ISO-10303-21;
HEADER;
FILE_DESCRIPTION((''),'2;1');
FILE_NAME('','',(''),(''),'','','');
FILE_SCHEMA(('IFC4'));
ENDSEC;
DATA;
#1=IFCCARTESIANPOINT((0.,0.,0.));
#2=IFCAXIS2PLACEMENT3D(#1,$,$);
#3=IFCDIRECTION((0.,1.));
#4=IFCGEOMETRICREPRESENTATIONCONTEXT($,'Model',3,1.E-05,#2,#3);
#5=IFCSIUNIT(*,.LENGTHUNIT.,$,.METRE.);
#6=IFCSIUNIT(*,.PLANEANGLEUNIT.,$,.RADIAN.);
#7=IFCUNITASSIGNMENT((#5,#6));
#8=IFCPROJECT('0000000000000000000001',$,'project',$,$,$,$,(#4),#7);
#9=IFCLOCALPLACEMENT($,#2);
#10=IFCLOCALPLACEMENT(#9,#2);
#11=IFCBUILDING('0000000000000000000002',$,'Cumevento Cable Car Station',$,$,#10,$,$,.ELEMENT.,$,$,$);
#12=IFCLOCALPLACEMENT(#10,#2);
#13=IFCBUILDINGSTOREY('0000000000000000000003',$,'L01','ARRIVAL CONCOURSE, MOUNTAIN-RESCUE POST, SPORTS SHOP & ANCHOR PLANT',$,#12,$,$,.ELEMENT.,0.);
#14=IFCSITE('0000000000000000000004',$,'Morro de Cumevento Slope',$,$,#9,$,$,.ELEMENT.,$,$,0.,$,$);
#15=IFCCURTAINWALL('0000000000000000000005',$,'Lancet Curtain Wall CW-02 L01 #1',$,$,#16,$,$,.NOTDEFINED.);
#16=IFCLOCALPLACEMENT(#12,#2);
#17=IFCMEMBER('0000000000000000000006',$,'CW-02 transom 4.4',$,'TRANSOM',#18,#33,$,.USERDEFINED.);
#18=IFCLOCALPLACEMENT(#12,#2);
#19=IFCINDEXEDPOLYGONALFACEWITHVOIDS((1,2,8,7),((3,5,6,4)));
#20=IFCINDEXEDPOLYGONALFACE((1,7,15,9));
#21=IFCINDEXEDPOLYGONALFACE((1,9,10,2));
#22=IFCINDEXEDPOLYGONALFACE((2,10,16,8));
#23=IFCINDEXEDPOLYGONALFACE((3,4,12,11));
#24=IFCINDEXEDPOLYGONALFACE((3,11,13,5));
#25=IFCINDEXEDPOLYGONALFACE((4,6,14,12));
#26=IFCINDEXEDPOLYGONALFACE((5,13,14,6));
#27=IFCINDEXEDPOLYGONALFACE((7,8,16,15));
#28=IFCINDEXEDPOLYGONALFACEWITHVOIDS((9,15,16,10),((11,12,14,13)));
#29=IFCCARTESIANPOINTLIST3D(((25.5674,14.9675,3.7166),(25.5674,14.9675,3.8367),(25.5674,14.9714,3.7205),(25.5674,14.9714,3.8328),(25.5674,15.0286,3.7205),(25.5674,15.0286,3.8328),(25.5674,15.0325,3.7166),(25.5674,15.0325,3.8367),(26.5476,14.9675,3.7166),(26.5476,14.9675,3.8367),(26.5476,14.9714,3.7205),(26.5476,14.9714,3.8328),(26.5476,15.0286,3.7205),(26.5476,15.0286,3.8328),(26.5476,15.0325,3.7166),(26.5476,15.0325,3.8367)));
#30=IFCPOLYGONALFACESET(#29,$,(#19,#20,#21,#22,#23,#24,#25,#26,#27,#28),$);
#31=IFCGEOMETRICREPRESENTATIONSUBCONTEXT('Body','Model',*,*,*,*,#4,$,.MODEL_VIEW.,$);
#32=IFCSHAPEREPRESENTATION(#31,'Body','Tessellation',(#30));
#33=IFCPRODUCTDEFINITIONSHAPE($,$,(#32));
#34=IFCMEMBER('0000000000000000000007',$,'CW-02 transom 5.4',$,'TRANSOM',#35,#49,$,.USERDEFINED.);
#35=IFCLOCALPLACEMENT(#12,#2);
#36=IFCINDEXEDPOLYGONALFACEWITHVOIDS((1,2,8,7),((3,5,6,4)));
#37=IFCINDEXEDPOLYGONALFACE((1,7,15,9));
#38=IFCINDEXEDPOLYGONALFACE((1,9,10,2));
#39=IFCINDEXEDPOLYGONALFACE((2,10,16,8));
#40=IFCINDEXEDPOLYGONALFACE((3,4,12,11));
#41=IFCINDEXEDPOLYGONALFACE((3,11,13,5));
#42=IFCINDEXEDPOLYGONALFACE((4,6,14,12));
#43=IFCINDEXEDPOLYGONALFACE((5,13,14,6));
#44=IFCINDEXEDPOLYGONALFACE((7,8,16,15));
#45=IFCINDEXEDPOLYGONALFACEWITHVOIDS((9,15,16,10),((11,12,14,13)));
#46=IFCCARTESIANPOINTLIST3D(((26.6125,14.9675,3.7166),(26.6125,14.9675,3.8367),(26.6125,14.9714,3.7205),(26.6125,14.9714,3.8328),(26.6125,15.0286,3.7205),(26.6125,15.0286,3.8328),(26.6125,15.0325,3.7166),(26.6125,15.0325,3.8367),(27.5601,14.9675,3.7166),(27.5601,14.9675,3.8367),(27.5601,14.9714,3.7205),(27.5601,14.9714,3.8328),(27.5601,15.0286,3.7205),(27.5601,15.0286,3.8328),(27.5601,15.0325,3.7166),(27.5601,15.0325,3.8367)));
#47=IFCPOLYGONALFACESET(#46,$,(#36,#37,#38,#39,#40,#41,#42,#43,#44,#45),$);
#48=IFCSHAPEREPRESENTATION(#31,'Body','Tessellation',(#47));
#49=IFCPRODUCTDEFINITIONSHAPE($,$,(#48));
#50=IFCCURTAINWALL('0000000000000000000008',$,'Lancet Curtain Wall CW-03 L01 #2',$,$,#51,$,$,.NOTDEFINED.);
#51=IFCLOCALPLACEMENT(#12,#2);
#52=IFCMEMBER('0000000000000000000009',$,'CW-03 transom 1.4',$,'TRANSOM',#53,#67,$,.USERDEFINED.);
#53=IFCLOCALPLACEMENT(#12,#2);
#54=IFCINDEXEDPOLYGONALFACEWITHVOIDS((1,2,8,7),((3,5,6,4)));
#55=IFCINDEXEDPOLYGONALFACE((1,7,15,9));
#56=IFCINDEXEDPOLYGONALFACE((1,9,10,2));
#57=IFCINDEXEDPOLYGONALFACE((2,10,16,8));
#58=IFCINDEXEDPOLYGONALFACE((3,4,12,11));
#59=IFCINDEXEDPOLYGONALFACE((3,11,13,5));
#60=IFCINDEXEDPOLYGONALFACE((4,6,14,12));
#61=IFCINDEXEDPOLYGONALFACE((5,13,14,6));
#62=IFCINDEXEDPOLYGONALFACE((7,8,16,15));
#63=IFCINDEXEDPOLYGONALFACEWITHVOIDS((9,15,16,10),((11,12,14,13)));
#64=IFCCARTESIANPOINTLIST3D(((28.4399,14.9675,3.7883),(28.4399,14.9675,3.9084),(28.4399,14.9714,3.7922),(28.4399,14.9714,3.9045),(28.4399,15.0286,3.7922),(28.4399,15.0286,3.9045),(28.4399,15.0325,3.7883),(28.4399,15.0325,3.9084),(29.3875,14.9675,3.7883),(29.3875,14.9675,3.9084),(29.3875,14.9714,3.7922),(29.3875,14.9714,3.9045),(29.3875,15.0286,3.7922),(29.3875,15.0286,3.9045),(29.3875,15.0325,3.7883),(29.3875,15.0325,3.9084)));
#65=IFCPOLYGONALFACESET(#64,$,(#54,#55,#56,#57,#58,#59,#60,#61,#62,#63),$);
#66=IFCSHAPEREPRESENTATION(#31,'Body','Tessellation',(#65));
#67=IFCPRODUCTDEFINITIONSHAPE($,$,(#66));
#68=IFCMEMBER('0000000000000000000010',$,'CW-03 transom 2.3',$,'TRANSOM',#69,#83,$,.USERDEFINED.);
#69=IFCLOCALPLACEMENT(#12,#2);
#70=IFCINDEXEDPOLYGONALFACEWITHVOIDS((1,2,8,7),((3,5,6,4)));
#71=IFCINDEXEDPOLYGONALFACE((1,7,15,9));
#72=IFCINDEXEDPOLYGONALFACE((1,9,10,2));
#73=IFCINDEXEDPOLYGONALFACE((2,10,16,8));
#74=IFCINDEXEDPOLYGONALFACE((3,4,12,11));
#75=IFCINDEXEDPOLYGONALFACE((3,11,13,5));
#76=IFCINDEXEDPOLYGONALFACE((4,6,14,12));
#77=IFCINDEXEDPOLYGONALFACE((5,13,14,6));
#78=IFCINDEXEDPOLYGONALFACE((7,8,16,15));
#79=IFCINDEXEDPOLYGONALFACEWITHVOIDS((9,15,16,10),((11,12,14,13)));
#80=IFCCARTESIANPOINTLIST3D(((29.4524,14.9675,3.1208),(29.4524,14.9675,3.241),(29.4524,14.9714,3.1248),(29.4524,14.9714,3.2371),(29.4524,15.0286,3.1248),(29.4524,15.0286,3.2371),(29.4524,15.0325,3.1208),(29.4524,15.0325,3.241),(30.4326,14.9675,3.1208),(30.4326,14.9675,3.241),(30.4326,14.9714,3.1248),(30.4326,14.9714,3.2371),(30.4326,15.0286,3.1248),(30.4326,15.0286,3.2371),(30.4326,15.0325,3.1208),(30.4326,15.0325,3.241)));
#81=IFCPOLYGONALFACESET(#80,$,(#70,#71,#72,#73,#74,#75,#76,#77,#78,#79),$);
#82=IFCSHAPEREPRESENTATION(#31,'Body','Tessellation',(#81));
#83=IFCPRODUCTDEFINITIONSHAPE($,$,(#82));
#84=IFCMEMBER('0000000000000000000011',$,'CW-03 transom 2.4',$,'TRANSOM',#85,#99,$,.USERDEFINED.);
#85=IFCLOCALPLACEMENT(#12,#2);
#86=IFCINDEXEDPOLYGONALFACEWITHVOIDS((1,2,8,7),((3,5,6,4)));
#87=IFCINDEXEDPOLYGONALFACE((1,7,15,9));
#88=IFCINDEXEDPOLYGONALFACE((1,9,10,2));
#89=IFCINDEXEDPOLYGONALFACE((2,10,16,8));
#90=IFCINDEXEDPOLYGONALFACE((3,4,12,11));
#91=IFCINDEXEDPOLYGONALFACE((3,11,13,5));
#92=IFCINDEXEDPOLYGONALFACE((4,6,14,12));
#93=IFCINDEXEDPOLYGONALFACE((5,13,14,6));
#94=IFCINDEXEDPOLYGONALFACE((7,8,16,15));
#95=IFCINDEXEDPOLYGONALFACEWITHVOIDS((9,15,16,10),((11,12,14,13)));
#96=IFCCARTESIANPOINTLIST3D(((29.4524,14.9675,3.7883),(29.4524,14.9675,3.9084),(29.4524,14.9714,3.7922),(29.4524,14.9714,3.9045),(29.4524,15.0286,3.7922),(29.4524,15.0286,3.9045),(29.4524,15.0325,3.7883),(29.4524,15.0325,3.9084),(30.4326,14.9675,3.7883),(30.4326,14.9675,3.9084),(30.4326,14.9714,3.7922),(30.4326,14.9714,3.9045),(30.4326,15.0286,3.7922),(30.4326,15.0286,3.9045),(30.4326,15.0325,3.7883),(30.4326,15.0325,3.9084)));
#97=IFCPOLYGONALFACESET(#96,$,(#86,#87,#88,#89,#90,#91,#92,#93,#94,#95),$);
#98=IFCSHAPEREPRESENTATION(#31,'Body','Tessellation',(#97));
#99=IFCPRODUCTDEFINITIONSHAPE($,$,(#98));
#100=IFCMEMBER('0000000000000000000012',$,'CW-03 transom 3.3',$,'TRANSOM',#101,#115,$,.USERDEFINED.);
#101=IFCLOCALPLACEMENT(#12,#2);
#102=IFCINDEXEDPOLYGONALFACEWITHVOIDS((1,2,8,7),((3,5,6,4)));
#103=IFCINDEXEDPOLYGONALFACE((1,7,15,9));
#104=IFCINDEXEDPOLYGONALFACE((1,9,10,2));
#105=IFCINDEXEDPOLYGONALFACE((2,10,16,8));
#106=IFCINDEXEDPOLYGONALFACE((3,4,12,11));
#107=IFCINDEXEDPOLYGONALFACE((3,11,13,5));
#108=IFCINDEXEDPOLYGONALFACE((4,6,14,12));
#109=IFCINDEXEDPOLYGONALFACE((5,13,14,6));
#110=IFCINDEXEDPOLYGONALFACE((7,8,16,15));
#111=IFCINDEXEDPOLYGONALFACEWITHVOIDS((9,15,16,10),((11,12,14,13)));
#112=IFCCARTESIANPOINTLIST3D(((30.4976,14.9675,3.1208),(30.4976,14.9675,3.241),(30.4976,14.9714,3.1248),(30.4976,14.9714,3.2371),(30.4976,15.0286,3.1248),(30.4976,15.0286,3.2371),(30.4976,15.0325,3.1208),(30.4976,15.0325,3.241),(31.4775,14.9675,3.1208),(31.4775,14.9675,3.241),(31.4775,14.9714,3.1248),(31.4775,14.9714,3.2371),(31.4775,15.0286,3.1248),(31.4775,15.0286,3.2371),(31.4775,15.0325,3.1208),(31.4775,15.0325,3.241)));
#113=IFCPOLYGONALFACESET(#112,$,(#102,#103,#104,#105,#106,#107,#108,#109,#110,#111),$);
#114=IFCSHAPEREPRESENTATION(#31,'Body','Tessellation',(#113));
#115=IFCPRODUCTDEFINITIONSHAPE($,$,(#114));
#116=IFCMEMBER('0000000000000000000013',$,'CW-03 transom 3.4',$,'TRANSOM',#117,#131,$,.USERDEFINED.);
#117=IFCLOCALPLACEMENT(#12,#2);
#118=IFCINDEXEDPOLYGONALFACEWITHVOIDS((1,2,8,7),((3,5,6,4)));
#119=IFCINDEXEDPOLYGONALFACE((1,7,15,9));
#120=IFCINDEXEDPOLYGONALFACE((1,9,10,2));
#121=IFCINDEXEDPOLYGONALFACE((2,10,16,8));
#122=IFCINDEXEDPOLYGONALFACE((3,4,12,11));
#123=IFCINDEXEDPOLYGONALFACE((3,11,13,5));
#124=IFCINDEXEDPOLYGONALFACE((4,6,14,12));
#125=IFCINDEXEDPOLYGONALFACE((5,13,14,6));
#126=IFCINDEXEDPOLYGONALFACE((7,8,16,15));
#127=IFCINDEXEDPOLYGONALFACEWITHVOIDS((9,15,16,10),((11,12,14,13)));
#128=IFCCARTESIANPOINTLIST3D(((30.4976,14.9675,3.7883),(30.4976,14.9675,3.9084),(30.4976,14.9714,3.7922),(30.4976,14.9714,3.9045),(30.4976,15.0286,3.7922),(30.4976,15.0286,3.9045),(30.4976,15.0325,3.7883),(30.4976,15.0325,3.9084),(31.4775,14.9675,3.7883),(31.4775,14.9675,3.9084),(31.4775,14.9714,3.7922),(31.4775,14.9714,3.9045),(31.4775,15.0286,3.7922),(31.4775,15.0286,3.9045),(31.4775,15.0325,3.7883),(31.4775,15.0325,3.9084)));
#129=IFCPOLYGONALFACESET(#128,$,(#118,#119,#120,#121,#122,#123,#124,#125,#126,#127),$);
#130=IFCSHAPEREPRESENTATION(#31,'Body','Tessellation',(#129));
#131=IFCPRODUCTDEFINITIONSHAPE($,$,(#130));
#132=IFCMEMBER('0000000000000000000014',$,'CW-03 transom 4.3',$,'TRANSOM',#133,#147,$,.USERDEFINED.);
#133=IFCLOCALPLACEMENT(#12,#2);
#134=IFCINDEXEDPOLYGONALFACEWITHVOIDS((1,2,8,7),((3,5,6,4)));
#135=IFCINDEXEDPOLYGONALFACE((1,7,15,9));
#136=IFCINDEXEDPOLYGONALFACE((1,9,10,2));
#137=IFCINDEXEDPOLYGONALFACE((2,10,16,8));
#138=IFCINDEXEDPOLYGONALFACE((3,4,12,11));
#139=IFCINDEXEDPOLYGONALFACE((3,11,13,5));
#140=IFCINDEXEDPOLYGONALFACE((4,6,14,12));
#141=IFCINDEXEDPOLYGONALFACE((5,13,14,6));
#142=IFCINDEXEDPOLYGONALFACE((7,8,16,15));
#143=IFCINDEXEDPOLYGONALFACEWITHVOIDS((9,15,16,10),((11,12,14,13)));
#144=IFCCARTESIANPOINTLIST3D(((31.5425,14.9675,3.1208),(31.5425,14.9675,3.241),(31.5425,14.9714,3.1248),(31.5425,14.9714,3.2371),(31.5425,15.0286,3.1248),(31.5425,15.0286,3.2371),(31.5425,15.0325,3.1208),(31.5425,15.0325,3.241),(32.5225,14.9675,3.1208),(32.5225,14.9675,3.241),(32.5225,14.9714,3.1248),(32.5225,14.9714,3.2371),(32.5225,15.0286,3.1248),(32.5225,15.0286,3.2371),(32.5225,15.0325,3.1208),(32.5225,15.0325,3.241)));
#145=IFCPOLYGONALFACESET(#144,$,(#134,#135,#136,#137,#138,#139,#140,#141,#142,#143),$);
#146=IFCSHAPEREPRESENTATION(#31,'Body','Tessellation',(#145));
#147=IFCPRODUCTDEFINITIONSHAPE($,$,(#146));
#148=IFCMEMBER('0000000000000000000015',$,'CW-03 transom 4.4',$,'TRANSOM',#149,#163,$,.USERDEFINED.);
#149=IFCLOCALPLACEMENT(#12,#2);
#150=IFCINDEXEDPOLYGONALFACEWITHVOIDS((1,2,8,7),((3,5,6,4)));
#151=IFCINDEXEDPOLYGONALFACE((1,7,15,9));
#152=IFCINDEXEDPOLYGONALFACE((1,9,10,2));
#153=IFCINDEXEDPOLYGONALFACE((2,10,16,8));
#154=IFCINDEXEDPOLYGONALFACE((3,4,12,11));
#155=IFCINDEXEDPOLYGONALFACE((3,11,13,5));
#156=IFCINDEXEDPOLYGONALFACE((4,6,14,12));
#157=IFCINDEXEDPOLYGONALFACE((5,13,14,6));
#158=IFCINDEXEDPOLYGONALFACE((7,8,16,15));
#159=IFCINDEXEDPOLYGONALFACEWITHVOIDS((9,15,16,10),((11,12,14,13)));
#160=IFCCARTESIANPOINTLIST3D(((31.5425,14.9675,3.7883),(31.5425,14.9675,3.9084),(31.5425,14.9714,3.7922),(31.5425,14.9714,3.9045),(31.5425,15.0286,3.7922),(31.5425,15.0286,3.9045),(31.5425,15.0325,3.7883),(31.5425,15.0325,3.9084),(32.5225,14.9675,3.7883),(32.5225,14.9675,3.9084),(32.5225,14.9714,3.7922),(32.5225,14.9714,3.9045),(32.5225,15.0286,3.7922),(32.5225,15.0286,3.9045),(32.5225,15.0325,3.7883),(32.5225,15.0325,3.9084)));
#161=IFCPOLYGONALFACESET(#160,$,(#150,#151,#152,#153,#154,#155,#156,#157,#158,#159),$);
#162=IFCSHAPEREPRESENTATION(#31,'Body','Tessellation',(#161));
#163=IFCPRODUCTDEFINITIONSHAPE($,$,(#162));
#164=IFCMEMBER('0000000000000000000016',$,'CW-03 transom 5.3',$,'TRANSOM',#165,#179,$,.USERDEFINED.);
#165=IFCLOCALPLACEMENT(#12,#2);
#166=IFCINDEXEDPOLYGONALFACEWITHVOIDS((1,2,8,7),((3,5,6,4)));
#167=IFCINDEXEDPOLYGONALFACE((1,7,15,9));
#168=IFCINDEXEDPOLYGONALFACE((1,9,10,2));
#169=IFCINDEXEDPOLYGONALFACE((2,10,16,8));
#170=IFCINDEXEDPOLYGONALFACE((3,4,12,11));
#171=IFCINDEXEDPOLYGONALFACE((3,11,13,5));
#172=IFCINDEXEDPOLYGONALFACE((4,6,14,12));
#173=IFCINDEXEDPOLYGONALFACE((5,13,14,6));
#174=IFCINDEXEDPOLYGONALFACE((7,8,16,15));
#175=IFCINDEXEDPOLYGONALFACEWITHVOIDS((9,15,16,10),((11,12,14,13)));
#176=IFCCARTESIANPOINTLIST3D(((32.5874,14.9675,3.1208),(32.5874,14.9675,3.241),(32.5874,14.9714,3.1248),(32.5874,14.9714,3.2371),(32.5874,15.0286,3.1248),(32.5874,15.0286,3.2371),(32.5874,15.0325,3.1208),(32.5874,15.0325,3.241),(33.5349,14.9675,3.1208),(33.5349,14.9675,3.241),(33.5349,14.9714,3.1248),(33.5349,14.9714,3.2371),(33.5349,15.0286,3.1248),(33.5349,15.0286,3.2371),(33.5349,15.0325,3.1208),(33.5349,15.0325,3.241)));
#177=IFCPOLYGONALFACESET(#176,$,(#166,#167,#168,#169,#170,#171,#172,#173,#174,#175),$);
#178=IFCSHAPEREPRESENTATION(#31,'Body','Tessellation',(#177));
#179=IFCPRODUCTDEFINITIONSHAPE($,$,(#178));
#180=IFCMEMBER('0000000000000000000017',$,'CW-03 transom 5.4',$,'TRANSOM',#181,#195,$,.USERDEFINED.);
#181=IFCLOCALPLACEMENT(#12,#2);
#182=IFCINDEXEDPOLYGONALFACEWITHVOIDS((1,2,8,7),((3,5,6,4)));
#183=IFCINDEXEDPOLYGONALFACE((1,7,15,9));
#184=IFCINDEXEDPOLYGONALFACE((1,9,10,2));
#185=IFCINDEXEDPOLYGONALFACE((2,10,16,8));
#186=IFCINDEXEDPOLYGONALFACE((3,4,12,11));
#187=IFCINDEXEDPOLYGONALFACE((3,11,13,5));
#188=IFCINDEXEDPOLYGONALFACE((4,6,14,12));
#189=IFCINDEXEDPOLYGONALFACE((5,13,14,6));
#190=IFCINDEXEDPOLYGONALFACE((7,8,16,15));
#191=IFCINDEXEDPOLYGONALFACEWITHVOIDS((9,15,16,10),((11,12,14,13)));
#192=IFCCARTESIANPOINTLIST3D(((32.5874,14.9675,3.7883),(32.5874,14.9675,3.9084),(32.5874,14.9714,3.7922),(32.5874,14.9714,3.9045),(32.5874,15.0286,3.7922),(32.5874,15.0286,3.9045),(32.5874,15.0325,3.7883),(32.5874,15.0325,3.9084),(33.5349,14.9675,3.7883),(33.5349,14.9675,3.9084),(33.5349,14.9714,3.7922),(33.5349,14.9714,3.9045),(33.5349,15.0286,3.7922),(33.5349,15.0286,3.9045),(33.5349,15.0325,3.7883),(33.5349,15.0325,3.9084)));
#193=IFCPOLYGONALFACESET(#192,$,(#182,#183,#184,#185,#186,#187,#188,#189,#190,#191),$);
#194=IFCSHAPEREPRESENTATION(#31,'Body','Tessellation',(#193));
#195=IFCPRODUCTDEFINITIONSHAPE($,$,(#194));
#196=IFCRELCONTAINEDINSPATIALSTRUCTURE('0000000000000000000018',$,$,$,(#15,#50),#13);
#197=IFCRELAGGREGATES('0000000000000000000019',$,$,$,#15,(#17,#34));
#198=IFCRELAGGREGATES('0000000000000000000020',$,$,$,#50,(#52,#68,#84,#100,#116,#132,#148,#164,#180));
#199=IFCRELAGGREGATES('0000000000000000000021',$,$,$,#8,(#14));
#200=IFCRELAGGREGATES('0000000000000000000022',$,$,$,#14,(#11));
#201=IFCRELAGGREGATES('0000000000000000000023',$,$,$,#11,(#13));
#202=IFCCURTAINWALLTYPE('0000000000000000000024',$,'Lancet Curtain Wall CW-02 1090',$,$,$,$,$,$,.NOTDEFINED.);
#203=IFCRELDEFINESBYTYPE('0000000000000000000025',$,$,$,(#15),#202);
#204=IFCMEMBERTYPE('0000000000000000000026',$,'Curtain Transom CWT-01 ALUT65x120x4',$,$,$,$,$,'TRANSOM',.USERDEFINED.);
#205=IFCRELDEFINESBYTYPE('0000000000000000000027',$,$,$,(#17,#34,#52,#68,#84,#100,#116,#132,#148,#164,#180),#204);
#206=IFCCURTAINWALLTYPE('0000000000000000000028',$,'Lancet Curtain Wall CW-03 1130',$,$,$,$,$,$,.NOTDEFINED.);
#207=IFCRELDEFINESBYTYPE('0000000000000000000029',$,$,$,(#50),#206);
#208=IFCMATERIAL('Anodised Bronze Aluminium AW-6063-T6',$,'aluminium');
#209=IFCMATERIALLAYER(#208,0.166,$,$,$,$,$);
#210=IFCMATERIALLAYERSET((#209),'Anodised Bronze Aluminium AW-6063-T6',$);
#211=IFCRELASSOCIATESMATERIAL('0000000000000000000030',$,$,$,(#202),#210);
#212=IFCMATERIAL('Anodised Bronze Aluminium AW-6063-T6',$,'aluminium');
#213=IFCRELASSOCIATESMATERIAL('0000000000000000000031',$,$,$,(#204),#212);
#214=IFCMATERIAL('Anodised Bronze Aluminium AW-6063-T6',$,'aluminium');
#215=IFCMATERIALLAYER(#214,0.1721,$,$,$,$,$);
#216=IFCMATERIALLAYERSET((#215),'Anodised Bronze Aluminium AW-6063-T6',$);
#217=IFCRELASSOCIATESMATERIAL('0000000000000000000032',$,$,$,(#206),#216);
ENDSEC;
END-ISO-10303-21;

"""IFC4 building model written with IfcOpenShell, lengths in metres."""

from ifc_helpers import new_model, si_unit, direction, frame, origin, origin_2d, place, context, subcontext, project, spatial, hollow_rectangle, extrude, material, layer, layer_set, material_profile, profile_set, type_object, element, aggregate, save


model = new_model("IFC4")

# Units and contexts
model_context = context("Model", 3, precision=1e-05, world=origin(), true_north=direction((0.0, 1.0)))
body_context = subcontext(model_context, "Body", "Model", "MODEL_VIEW")
ifc_project = project(units=[si_unit("LENGTHUNIT", "METRE"), si_unit("PLANEANGLEUNIT", "RADIAN")], contexts=[model_context])

# Site, building, storey
site_placement = place(None, origin())
site = spatial("IfcSite", under=ifc_project, at=site_placement, Name="Morro de Cumevento Slope", CompositionType="ELEMENT", RefElevation=0.0)
building_placement = place(site_placement, origin())
building = spatial("IfcBuilding", under=site, at=building_placement, Name="Cumevento Cable Car Station", CompositionType="ELEMENT")
storey_placement = place(building_placement, origin())
storey = spatial("IfcBuildingStorey", under=building, at=storey_placement, Name="L01", Description="ARRIVAL CONCOURSE, MOUNTAIN-RESCUE POST, SPORTS SHOP & ANCHOR PLANT", CompositionType="ELEMENT", Elevation=0.0)

# Curtain walls, members
ifc_material_1 = material(Name="Anodised Bronze Aluminium AW-6063-T6", Category="aluminium")
ifc_layer_1 = layer(ifc_material_1, 0.166)
ifc_layer_set_1 = layer_set([ifc_layer_1], Name="Anodised Bronze Aluminium AW-6063-T6")
curtain_wall_type_1 = type_object("IfcCurtainWallType", Name="Lancet Curtain Wall CW-02 1090", PredefinedType="NOTDEFINED", material=ifc_layer_set_1)
curtain_wall_1_placement = place(storey_placement, origin())
curtain_wall_1 = element("IfcCurtainWall", 1, at=curtain_wall_1_placement, inside=storey, type_object=curtain_wall_type_1, Name="Lancet Curtain Wall CW-02 L01 #1", PredefinedType="NOTDEFINED")
ifc_material_2 = material(Name="Anodised Bronze Aluminium AW-6063-T6", Category="aluminium")
ifc_material_profile_1 = material_profile(ifc_material_2, hollow_rectangle(XDim=0.0649, YDim=0.1201, WallThickness=0.0039, at=origin_2d()), Name="ALUT65x120x4")
ifc_profile_set_1 = profile_set([ifc_material_profile_1], Name="Anodised Bronze Aluminium AW-6063-T6")
member_type = type_object("IfcMemberType", Name="Curtain Transom CWT-01 ALUT65x120x4", ElementType="TRANSOM", PredefinedType="USERDEFINED", material=ifc_profile_set_1)
member_1_placement = place(storey_placement, frame((25.5674, 15.0, 3.7766), z_axis=(1.0, 0.0, 0.0), x_axis=(0.0, 1.0, 0.0)))
member_1 = element("IfcMember", 2, at=member_1_placement, type_object=member_type, Name="CW-02 transom 4.4", ObjectType="TRANSOM", PredefinedType="USERDEFINED", context=body_context, shape_type="SweptSolid", body=[
    extrude(hollow_rectangle(XDim=0.0649, YDim=0.1201, WallThickness=0.0039, at=origin_2d()), origin(), (0.0, 0.0, 1.0), 0.9802),
])
member_2_placement = place(storey_placement, frame((26.6125, 15.0, 3.7766), z_axis=(1.0, 0.0, 0.0), x_axis=(0.0, 1.0, 0.0)))
member_2 = element("IfcMember", 3, at=member_2_placement, type_object=member_type, Name="CW-02 transom 5.4", ObjectType="TRANSOM", PredefinedType="USERDEFINED", context=body_context, shape_type="SweptSolid", body=[
    extrude(hollow_rectangle(XDim=0.0649, YDim=0.1201, WallThickness=0.0039, at=origin_2d()), origin(), (0.0, 0.0, 1.0), 0.9475),
])
aggregate(curtain_wall_1, [member_1, member_2])
ifc_material_3 = material(Name="Anodised Bronze Aluminium AW-6063-T6", Category="aluminium")
ifc_layer_2 = layer(ifc_material_3, 0.1721)
ifc_layer_set_2 = layer_set([ifc_layer_2], Name="Anodised Bronze Aluminium AW-6063-T6")
curtain_wall_type_2 = type_object("IfcCurtainWallType", Name="Lancet Curtain Wall CW-03 1130", PredefinedType="NOTDEFINED", material=ifc_layer_set_2)
curtain_wall_2_placement = place(storey_placement, origin())
curtain_wall_2 = element("IfcCurtainWall", 4, at=curtain_wall_2_placement, inside=storey, type_object=curtain_wall_type_2, Name="Lancet Curtain Wall CW-03 L01 #2", PredefinedType="NOTDEFINED")
member_3_placement = place(storey_placement, frame((28.4399, 15.0, 3.8484), z_axis=(1.0, 0.0, 0.0), x_axis=(0.0, 1.0, 0.0)))
member_3 = element("IfcMember", 5, at=member_3_placement, type_object=member_type, Name="CW-03 transom 1.4", ObjectType="TRANSOM", PredefinedType="USERDEFINED", context=body_context, shape_type="SweptSolid", body=[
    extrude(hollow_rectangle(XDim=0.0649, YDim=0.1201, WallThickness=0.0039, at=origin_2d()), origin(), (0.0, 0.0, 1.0), 0.9475),
])
member_4_placement = place(storey_placement, frame((29.4524, 15.0, 3.1809), z_axis=(1.0, 0.0, 0.0), x_axis=(0.0, 1.0, 0.0)))
member_4 = element("IfcMember", 6, at=member_4_placement, type_object=member_type, Name="CW-03 transom 2.3", ObjectType="TRANSOM", PredefinedType="USERDEFINED", context=body_context, shape_type="SweptSolid", body=[
    extrude(hollow_rectangle(XDim=0.0649, YDim=0.1201, WallThickness=0.0039, at=origin_2d()), origin(), (0.0, 0.0, 1.0), 0.9802),
])
member_5_placement = place(storey_placement, frame((29.4524, 15.0, 3.8484), z_axis=(1.0, 0.0, 0.0), x_axis=(0.0, 1.0, 0.0)))
member_5 = element("IfcMember", 7, at=member_5_placement, type_object=member_type, Name="CW-03 transom 2.4", ObjectType="TRANSOM", PredefinedType="USERDEFINED", context=body_context, shape_type="SweptSolid", body=[
    extrude(hollow_rectangle(XDim=0.0649, YDim=0.1201, WallThickness=0.0039, at=origin_2d()), origin(), (0.0, 0.0, 1.0), 0.9802),
])
member_6_placement = place(storey_placement, frame((30.4976, 15.0, 3.1809), z_axis=(1.0, 0.0, 0.0), x_axis=(0.0, 1.0, 0.0)))
member_6 = element("IfcMember", 8, at=member_6_placement, type_object=member_type, Name="CW-03 transom 3.3", ObjectType="TRANSOM", PredefinedType="USERDEFINED", context=body_context, shape_type="SweptSolid", body=[
    extrude(hollow_rectangle(XDim=0.0649, YDim=0.1201, WallThickness=0.0039, at=origin_2d()), origin(), (0.0, 0.0, 1.0), 0.98),
])
member_7_placement = place(storey_placement, frame((30.4976, 15.0, 3.8484), z_axis=(1.0, 0.0, 0.0), x_axis=(0.0, 1.0, 0.0)))
member_7 = element("IfcMember", 9, at=member_7_placement, type_object=member_type, Name="CW-03 transom 3.4", ObjectType="TRANSOM", PredefinedType="USERDEFINED", context=body_context, shape_type="SweptSolid", body=[
    extrude(hollow_rectangle(XDim=0.0649, YDim=0.1201, WallThickness=0.0039, at=origin_2d()), origin(), (0.0, 0.0, 1.0), 0.98),
])
member_8_placement = place(storey_placement, frame((31.5425, 15.0, 3.1809), z_axis=(1.0, 0.0, 0.0), x_axis=(0.0, 1.0, 0.0)))
member_8 = element("IfcMember", 10, at=member_8_placement, type_object=member_type, Name="CW-03 transom 4.3", ObjectType="TRANSOM", PredefinedType="USERDEFINED", context=body_context, shape_type="SweptSolid", body=[
    extrude(hollow_rectangle(XDim=0.0649, YDim=0.1201, WallThickness=0.0039, at=origin_2d()), origin(), (0.0, 0.0, 1.0), 0.98),
])
member_9_placement = place(storey_placement, frame((31.5425, 15.0, 3.8484), z_axis=(1.0, 0.0, 0.0), x_axis=(0.0, 1.0, 0.0)))
member_9 = element("IfcMember", 11, at=member_9_placement, type_object=member_type, Name="CW-03 transom 4.4", ObjectType="TRANSOM", PredefinedType="USERDEFINED", context=body_context, shape_type="SweptSolid", body=[
    extrude(hollow_rectangle(XDim=0.0649, YDim=0.1201, WallThickness=0.0039, at=origin_2d()), origin(), (0.0, 0.0, 1.0), 0.98),
])
member_10_placement = place(storey_placement, frame((32.5874, 15.0, 3.1809), z_axis=(1.0, 0.0, 0.0), x_axis=(0.0, 1.0, 0.0)))
member_10 = element("IfcMember", 12, at=member_10_placement, type_object=member_type, Name="CW-03 transom 5.3", ObjectType="TRANSOM", PredefinedType="USERDEFINED", context=body_context, shape_type="SweptSolid", body=[
    extrude(hollow_rectangle(XDim=0.0649, YDim=0.1201, WallThickness=0.0039, at=origin_2d()), origin(), (0.0, 0.0, 1.0), 0.9475),
])
member_11_placement = place(storey_placement, frame((32.5874, 15.0, 3.8484), z_axis=(1.0, 0.0, 0.0), x_axis=(0.0, 1.0, 0.0)))
member_11 = element("IfcMember", 13, at=member_11_placement, type_object=member_type, Name="CW-03 transom 5.4", ObjectType="TRANSOM", PredefinedType="USERDEFINED", context=body_context, shape_type="SweptSolid", body=[
    extrude(hollow_rectangle(XDim=0.0649, YDim=0.1201, WallThickness=0.0039, at=origin_2d()), origin(), (0.0, 0.0, 1.0), 0.9475),
])

aggregate(curtain_wall_2, [member_3, member_4, member_5, member_6, member_7, member_8, member_9, member_10, member_11])

save(model, "model.ifc")
